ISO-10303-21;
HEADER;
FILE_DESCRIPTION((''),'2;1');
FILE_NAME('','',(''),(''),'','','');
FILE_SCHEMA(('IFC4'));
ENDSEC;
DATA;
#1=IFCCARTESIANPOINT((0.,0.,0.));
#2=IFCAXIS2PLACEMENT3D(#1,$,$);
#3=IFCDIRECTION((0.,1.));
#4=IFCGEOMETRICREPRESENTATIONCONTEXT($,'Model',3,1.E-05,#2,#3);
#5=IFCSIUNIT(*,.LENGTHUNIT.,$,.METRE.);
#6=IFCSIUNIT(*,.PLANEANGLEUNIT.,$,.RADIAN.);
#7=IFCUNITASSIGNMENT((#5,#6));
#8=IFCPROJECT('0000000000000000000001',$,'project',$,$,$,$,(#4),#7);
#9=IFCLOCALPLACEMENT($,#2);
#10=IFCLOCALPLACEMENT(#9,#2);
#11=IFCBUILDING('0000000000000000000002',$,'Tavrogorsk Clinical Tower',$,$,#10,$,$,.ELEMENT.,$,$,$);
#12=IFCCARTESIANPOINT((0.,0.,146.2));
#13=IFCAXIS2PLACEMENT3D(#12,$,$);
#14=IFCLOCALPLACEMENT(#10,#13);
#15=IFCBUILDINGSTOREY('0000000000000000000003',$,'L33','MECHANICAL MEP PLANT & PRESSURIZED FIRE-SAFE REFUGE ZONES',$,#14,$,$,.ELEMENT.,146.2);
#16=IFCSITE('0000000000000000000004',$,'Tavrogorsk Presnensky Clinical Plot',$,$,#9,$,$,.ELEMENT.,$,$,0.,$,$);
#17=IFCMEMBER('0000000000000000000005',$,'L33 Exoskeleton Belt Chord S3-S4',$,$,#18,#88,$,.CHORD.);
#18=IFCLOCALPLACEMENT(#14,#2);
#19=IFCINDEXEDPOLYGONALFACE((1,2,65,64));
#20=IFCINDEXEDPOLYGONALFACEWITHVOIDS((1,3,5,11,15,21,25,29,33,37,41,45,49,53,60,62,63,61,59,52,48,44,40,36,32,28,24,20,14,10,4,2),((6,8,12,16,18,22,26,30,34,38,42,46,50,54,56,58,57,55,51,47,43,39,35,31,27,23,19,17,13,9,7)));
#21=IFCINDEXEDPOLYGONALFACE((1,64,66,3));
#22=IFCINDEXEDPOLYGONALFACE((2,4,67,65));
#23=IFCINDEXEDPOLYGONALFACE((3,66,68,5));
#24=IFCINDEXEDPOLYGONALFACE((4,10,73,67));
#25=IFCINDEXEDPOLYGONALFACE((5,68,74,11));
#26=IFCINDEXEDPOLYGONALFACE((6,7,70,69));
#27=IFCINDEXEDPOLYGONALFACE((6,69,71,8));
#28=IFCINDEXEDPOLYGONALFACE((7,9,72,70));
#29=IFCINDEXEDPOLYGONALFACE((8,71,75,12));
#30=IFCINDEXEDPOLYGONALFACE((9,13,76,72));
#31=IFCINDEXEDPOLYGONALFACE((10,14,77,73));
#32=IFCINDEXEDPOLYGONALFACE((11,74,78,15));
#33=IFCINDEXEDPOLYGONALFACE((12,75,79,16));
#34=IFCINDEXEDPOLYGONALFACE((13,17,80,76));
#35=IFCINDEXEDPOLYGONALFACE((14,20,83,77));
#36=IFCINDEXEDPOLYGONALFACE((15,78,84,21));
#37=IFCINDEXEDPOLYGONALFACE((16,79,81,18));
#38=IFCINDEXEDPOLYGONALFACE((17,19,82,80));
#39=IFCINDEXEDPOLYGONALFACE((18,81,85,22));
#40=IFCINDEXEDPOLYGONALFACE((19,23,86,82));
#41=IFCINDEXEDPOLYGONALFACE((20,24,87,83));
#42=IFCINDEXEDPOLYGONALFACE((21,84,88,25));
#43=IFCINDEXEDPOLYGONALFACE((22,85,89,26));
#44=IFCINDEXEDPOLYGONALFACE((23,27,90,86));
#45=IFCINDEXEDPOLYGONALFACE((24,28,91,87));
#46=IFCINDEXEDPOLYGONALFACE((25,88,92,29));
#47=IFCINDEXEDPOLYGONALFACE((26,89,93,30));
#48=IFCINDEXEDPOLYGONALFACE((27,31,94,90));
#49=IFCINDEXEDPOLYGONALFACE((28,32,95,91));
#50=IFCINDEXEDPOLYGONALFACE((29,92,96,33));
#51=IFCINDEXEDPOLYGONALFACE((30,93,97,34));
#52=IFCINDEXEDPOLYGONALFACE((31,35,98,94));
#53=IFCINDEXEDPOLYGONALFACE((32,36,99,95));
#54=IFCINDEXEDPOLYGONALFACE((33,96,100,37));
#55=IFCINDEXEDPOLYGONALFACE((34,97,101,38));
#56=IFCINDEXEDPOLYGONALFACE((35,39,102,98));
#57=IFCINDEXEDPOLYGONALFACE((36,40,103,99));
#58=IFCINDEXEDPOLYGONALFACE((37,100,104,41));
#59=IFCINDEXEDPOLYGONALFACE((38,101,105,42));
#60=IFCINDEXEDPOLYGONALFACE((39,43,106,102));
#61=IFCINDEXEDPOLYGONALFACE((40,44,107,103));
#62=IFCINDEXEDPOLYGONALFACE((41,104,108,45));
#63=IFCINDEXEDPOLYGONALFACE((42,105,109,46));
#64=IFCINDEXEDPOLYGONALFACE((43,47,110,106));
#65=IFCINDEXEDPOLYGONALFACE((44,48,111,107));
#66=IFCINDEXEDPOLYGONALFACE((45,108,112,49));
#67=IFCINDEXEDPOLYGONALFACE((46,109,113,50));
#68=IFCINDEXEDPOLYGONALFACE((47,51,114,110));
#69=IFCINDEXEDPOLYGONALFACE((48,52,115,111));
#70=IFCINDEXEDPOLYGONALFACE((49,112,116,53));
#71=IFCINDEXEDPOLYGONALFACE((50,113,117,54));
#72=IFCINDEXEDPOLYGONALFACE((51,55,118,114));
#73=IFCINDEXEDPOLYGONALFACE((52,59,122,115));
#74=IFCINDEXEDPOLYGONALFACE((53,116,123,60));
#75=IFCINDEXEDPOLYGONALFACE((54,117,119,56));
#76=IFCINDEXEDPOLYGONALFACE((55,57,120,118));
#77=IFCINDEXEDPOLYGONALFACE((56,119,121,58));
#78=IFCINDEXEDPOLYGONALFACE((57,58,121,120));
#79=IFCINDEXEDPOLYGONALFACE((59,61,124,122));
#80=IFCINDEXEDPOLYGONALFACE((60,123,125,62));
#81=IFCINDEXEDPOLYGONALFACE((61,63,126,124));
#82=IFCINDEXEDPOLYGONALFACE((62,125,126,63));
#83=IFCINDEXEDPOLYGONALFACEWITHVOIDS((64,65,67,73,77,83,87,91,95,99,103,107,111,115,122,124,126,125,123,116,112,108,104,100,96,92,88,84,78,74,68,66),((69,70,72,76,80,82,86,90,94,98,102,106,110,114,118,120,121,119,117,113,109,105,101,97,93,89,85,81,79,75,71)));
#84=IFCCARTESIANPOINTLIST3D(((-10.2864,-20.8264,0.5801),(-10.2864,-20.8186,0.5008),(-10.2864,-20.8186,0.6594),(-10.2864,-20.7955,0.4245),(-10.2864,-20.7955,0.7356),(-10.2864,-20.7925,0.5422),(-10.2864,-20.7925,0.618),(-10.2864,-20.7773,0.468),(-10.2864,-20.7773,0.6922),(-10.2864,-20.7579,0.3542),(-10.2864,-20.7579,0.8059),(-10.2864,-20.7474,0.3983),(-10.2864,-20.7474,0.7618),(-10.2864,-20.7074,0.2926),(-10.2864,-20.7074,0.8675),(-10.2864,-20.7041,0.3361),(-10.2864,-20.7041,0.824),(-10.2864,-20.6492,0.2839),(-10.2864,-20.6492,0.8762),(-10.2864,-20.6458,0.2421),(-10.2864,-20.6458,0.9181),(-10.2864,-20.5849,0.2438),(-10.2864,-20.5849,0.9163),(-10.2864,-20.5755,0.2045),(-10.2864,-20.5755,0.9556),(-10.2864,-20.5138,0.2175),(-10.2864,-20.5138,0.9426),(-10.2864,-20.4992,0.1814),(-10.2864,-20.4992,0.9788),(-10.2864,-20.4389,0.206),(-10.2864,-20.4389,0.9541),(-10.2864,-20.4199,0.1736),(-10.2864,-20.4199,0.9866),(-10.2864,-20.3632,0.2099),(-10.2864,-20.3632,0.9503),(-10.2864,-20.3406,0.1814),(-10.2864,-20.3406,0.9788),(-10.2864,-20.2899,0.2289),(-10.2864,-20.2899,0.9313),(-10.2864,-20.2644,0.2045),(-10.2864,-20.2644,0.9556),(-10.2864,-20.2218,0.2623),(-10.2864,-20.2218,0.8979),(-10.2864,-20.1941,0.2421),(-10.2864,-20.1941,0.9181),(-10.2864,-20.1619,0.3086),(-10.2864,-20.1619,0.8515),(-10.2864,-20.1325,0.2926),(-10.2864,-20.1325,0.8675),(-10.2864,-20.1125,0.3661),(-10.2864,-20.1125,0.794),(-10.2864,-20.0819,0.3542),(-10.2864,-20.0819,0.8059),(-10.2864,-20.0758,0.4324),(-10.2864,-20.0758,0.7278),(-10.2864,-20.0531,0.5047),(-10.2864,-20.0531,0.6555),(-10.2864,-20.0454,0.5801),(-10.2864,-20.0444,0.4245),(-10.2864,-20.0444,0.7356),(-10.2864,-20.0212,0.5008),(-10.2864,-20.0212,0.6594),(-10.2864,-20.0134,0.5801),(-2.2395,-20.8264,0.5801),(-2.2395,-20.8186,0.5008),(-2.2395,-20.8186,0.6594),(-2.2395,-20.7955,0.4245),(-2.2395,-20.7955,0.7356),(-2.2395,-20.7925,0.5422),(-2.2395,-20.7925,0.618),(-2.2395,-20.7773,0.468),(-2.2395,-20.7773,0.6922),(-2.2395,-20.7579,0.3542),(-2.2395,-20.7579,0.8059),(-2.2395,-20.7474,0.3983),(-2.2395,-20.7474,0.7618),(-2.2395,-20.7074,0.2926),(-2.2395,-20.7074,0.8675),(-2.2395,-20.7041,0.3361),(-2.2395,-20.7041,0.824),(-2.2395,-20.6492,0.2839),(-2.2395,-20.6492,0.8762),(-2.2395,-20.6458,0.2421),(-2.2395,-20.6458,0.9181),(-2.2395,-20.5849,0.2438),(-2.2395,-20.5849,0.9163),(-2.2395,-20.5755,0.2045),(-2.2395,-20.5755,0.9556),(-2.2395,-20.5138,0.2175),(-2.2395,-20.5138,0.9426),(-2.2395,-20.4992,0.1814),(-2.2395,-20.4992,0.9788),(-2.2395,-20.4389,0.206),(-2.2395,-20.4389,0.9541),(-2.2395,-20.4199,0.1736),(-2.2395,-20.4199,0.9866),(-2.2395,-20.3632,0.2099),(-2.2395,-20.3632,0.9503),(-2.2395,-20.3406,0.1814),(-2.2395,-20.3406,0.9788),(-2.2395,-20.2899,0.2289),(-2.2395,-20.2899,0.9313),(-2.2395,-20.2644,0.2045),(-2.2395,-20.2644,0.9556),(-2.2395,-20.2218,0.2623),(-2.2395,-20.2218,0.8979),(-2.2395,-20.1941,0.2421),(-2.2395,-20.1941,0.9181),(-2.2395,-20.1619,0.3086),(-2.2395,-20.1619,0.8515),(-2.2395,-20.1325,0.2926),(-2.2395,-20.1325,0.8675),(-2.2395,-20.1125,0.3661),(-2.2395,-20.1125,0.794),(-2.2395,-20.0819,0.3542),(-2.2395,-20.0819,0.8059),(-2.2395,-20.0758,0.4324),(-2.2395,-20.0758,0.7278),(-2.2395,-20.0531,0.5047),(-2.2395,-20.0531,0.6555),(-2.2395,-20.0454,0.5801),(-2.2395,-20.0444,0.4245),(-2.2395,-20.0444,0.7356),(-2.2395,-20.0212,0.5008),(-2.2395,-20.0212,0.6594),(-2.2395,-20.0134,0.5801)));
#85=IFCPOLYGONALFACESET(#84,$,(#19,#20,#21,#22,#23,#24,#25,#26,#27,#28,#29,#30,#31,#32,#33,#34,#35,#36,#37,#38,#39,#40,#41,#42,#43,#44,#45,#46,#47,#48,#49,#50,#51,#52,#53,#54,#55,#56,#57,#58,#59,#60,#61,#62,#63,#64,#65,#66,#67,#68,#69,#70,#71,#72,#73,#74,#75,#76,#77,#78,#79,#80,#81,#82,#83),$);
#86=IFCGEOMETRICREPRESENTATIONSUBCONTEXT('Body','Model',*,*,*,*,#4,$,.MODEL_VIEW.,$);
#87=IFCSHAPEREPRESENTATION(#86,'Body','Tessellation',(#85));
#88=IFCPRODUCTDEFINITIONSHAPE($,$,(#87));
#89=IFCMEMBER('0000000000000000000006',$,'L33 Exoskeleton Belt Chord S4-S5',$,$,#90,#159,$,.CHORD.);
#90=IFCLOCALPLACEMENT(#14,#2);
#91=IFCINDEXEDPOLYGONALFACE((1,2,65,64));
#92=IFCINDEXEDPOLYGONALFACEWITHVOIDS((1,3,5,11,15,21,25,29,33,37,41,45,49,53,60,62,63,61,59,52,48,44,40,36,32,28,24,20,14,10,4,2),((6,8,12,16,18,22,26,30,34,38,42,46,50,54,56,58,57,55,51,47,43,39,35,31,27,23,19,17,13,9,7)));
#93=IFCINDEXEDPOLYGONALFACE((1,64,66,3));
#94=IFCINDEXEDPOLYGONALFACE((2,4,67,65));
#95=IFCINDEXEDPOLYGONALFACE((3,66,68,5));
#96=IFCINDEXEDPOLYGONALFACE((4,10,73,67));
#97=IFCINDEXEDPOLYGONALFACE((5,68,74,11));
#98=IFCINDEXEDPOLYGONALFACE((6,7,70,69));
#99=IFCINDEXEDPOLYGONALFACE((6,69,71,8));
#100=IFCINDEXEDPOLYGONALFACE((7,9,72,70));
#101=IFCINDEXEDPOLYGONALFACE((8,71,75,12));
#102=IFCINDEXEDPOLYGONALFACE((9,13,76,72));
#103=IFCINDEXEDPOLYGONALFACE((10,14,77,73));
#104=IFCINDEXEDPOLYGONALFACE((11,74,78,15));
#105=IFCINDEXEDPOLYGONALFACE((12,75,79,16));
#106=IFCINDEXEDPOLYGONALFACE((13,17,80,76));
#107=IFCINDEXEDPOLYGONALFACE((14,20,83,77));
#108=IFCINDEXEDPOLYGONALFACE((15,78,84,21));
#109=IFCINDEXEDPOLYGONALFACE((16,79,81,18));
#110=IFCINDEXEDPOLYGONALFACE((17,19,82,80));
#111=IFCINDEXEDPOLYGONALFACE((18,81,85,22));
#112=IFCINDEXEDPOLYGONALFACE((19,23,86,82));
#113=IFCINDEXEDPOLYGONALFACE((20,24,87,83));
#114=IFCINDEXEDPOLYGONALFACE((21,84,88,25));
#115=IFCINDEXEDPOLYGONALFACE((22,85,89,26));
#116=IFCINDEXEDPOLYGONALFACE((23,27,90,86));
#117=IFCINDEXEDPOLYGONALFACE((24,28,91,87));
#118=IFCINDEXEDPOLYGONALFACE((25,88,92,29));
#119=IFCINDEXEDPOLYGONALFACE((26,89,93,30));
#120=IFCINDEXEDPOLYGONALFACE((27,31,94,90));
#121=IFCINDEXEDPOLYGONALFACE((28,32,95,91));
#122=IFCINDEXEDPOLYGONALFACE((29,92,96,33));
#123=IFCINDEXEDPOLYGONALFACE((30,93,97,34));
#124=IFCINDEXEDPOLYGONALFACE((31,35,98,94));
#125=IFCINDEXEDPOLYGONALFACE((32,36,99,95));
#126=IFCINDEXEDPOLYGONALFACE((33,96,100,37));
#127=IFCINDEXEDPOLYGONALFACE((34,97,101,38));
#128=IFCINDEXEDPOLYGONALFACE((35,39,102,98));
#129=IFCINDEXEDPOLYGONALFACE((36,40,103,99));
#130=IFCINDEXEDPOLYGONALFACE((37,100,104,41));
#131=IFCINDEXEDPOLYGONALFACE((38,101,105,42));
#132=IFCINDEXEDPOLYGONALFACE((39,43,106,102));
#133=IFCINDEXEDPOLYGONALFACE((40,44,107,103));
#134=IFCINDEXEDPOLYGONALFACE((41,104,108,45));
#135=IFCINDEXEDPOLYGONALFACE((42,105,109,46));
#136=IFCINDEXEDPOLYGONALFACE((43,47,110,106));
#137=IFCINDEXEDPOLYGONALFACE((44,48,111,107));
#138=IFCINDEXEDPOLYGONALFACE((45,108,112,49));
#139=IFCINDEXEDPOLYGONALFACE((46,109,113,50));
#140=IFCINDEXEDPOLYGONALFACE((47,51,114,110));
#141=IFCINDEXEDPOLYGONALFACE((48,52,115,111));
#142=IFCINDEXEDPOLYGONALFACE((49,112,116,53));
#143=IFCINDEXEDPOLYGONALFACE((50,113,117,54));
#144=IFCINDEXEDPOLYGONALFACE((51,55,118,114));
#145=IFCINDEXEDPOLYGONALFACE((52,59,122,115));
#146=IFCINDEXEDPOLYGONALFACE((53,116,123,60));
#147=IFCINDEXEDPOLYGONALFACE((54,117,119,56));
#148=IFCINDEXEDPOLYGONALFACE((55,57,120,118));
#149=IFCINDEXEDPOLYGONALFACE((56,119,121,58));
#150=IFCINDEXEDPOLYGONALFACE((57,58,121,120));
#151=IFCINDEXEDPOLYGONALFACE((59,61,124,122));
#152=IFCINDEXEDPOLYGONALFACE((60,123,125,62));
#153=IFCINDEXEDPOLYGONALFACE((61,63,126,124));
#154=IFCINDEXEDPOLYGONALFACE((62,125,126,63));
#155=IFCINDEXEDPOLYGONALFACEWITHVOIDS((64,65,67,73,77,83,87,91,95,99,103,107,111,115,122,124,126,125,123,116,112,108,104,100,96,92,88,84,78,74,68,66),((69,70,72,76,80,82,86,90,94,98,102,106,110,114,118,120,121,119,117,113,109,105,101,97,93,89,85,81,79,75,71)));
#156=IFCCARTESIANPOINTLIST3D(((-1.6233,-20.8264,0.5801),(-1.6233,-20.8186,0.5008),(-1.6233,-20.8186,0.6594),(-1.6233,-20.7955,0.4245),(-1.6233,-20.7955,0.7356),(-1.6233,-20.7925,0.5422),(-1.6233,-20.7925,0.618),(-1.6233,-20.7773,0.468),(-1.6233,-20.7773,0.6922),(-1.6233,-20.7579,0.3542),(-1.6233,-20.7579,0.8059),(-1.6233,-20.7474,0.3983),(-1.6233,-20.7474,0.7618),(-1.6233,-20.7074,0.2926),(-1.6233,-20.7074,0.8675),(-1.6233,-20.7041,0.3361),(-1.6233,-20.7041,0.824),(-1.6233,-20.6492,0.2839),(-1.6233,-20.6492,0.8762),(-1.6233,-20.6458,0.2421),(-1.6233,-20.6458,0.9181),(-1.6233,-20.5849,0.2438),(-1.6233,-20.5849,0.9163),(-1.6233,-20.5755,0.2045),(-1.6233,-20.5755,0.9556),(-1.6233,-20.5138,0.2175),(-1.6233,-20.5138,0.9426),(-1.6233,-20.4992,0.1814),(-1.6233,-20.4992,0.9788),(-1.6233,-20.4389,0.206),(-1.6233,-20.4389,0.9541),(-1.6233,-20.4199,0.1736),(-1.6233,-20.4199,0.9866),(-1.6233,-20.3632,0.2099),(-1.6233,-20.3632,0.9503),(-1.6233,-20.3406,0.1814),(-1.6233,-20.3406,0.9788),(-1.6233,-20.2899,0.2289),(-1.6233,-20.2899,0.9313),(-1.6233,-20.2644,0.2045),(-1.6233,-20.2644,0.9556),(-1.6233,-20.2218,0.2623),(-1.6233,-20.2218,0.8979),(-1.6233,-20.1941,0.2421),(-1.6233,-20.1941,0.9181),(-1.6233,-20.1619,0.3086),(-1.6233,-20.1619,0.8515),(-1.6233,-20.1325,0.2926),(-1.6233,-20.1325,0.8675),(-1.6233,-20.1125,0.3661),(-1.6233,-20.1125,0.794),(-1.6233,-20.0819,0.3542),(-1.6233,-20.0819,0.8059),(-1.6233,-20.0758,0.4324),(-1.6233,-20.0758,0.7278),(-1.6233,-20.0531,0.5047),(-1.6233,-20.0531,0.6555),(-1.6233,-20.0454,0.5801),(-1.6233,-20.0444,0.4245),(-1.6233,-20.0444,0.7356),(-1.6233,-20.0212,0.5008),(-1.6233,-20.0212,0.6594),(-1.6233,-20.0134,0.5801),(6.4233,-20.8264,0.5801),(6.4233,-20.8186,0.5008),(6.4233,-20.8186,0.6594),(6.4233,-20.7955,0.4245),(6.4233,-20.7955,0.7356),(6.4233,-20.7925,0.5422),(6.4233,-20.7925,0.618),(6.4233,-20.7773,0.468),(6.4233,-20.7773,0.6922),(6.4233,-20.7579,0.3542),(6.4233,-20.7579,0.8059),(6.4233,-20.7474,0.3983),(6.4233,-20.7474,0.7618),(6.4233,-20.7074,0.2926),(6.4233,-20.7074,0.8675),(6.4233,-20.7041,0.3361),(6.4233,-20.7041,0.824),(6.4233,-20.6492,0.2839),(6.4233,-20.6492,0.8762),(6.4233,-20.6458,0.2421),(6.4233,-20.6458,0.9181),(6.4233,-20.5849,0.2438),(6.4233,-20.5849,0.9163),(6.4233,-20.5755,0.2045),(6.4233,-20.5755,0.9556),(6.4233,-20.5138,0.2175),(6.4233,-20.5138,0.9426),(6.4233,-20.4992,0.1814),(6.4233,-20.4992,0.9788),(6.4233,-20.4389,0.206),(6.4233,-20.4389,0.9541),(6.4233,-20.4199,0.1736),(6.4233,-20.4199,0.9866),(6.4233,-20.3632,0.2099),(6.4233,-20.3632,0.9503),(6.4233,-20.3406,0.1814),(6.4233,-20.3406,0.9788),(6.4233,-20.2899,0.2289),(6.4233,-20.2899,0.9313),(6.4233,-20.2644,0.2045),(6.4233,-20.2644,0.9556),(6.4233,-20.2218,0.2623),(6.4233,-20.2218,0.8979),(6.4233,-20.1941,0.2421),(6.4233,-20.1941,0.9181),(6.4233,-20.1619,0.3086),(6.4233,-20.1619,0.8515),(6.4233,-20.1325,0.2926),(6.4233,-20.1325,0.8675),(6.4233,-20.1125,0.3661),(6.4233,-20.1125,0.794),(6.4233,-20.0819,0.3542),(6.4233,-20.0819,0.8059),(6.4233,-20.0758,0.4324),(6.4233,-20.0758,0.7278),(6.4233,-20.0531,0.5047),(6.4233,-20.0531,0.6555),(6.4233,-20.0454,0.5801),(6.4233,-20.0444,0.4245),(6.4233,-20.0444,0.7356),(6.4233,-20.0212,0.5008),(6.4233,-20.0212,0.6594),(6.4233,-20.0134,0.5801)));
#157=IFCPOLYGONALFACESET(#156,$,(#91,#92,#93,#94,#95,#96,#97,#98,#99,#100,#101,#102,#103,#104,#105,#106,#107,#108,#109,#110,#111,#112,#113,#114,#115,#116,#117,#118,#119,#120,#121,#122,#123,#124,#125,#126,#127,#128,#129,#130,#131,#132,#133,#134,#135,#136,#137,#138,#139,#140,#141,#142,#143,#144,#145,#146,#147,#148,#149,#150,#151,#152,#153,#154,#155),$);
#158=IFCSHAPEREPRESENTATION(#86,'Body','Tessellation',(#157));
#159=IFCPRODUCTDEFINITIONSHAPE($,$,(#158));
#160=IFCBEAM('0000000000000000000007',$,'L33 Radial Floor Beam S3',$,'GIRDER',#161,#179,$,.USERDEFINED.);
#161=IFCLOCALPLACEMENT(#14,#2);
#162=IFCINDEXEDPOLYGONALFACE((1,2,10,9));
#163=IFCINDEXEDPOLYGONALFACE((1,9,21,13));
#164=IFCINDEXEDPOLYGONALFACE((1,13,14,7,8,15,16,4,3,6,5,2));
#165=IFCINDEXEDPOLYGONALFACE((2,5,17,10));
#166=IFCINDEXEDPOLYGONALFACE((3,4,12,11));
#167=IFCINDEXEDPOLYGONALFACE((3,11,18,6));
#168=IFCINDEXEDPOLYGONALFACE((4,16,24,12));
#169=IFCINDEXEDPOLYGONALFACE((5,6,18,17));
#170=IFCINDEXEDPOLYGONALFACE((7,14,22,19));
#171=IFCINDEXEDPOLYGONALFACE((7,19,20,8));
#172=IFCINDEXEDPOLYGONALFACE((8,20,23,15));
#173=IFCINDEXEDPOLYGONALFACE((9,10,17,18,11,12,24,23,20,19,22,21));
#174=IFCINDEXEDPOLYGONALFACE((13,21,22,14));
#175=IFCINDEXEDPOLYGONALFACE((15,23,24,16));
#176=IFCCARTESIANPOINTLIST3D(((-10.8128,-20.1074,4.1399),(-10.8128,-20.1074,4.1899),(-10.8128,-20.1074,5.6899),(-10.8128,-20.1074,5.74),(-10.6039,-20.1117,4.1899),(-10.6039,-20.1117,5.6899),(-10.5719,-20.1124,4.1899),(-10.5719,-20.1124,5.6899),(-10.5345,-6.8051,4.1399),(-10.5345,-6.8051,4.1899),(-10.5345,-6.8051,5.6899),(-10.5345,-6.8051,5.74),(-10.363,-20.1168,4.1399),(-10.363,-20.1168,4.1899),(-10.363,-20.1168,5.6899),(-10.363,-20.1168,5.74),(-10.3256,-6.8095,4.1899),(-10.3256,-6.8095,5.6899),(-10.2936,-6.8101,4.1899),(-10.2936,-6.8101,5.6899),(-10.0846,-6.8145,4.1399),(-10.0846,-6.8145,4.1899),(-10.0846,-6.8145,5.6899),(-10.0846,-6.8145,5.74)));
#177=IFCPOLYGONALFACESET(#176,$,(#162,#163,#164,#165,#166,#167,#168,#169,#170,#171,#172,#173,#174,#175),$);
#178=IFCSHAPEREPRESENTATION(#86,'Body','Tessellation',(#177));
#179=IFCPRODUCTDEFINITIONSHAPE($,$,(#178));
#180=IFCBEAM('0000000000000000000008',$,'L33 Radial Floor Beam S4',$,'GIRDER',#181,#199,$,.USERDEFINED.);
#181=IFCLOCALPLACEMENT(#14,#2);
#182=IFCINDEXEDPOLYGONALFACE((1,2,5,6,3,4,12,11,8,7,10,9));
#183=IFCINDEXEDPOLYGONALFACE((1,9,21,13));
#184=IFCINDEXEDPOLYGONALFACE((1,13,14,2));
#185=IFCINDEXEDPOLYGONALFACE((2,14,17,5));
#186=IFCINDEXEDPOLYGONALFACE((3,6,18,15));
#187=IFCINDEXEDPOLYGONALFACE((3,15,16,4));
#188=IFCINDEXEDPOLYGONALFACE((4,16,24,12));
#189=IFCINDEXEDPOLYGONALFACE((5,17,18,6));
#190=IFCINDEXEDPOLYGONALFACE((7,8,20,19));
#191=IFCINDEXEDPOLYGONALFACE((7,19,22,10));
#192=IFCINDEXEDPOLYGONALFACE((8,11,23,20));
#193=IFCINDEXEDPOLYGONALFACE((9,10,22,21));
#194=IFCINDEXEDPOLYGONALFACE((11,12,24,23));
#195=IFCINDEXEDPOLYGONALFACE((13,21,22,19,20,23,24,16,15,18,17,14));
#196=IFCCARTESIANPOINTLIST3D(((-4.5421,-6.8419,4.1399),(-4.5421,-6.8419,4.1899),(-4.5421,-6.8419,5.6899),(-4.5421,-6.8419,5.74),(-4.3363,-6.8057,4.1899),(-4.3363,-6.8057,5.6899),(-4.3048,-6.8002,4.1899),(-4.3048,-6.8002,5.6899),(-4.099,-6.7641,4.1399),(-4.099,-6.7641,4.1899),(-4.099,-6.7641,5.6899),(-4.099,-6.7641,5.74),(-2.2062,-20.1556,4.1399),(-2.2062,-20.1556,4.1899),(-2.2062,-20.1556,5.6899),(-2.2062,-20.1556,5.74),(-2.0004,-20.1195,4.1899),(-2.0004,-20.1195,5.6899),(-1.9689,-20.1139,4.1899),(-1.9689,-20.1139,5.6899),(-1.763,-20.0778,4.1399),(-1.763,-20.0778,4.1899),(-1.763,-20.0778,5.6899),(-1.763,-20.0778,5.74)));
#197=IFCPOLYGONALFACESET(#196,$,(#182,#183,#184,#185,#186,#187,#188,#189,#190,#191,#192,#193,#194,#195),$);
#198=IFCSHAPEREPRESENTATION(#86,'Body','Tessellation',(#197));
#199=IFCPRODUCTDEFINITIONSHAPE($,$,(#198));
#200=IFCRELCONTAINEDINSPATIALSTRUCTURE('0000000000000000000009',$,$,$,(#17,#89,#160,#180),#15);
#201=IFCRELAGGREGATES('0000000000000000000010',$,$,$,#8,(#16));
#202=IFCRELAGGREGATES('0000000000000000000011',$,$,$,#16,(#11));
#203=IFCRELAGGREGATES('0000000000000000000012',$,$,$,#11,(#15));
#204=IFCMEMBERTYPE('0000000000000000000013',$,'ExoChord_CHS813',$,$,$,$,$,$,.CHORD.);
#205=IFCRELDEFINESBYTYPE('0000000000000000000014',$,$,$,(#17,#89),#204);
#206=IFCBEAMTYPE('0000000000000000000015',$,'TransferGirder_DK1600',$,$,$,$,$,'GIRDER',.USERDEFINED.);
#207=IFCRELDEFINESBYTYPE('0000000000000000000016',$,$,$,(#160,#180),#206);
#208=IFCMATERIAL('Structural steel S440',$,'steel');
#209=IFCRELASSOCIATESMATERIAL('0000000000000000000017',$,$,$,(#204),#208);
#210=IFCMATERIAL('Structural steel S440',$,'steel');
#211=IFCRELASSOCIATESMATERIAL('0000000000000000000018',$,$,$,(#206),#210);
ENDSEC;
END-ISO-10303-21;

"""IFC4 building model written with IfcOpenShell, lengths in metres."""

from ifc_helpers import new_model, si_unit, direction, frame, origin, origin_2d, place, context, subcontext, project, spatial, hollow_circle, i_section, extrude, material, material_profile, profile_set, type_object, element, save


model = new_model("IFC4")

# Units and contexts
model_context = context("Model", 3, precision=1e-05, world=origin(), true_north=direction((0.0, 1.0)))
body_context = subcontext(model_context, "Body", "Model", "MODEL_VIEW")
ifc_project = project(units=[si_unit("LENGTHUNIT", "METRE"), si_unit("PLANEANGLEUNIT", "RADIAN")], contexts=[model_context])

# Site, building, storey
site_placement = place(None, origin())
site = spatial("IfcSite", under=ifc_project, at=site_placement, Name="Tavrogorsk Presnensky Clinical Plot", CompositionType="ELEMENT", RefElevation=0.0)
building_placement = place(site_placement, origin())
building = spatial("IfcBuilding", under=site, at=building_placement, Name="Tavrogorsk Clinical Tower", CompositionType="ELEMENT")
storey_placement = place(building_placement, frame((0.0, 0.0, 146.2)))
storey = spatial("IfcBuildingStorey", under=building, at=storey_placement, Name="L33", Description="MECHANICAL MEP PLANT & PRESSURIZED FIRE-SAFE REFUGE ZONES", CompositionType="ELEMENT", Elevation=146.2)

# Members
ifc_material_1 = material(Name="Structural steel S440", Category="steel")
ifc_material_profile_1 = material_profile(ifc_material_1, hollow_circle(Radius=0.4065, WallThickness=0.032, at=origin_2d()), Name="CHS-813x32")
ifc_profile_set_1 = profile_set([ifc_material_profile_1], Name="Structural steel S440")
member_type_1 = type_object("IfcMemberType", Name="ExoChord_CHS813", PredefinedType="CHORD", material=ifc_profile_set_1)
for number, where, z_axis, x_axis, name in (
    (1, (-10.2864, -20.4199, 0.5801), (1.0, 0.0, 0.0), (0.0, 1.0, 0.0), "L33 Exoskeleton Belt Chord S3-S4"),
):
    element("IfcMember", number, at=place(storey_placement, frame(where, z_axis=z_axis, x_axis=x_axis)), inside=storey, type_object=member_type_1, Name=name, PredefinedType="CHORD", context=body_context, shape_type="SweptSolid", body=[
        extrude(hollow_circle(Radius=0.4065, WallThickness=0.032, at=origin_2d()), origin(), (0.0, 0.0, 1.0), 8.0469),
    ])
member_placement = place(storey_placement, frame((-1.6233, -20.4199, 0.5801), z_axis=(1.0, 0.0, 0.0), x_axis=(0.0, 1.0, 0.0)))
element("IfcMember", 2, at=member_placement, inside=storey, type_object=member_type_1, Name="L33 Exoskeleton Belt Chord S4-S5", PredefinedType="CHORD", context=body_context, shape_type="SweptSolid", body=[
    extrude(hollow_circle(Radius=0.4065, WallThickness=0.032, at=origin_2d()), origin(), (0.0, 0.0, 1.0), 8.0466),
])

# Beams
ifc_material_2 = material(Name="Structural steel S440", Category="steel")
ifc_material_profile_2 = material_profile(ifc_material_2, i_section(OverallWidth=0.45, OverallDepth=1.6001, WebThickness=0.032, FlangeThickness=0.05, at=origin_2d()), Name="DK-1600x450x32x50")
ifc_profile_set_2 = profile_set([ifc_material_profile_2], Name="Structural steel S440")
beam_type_1 = type_object("IfcBeamType", Name="TransferGirder_DK1600", ElementType="GIRDER", PredefinedType="USERDEFINED", material=ifc_profile_set_2)
beam_1_placement = place(storey_placement, frame((-10.3096, -6.8098, 4.9399), z_axis=(-0.020918, -0.999781, 0.0), x_axis=(0.999781, -0.020918, 0.0)))
element("IfcBeam", 3, at=beam_1_placement, inside=storey, type_object=beam_type_1, Name="L33 Radial Floor Beam S3", ObjectType="GIRDER", PredefinedType="USERDEFINED", context=body_context, shape_type="SweptSolid", body=[
    extrude(i_section(OverallWidth=0.45, OverallDepth=1.6001, WebThickness=0.032, FlangeThickness=0.05, at=origin_2d()), origin(), (0.0, 0.0, 1.0), 13.3052),
])
beam_2_placement = place(storey_placement, frame((-4.3206, -6.803, 4.9399), z_axis=(0.172814, -0.984955, 0.0), x_axis=(0.984955, 0.172814, 0.0)))
element("IfcBeam", 4, at=beam_2_placement, inside=storey, type_object=beam_type_1, Name="L33 Radial Floor Beam S4", ObjectType="GIRDER", PredefinedType="USERDEFINED", context=body_context, shape_type="SweptSolid", body=[
    extrude(i_section(OverallWidth=0.45, OverallDepth=1.6001, WebThickness=0.032, FlangeThickness=0.05, at=origin_2d()), origin(), (0.0, 0.0, 1.0), 13.5171),
])

save(model, "model.ifc")
